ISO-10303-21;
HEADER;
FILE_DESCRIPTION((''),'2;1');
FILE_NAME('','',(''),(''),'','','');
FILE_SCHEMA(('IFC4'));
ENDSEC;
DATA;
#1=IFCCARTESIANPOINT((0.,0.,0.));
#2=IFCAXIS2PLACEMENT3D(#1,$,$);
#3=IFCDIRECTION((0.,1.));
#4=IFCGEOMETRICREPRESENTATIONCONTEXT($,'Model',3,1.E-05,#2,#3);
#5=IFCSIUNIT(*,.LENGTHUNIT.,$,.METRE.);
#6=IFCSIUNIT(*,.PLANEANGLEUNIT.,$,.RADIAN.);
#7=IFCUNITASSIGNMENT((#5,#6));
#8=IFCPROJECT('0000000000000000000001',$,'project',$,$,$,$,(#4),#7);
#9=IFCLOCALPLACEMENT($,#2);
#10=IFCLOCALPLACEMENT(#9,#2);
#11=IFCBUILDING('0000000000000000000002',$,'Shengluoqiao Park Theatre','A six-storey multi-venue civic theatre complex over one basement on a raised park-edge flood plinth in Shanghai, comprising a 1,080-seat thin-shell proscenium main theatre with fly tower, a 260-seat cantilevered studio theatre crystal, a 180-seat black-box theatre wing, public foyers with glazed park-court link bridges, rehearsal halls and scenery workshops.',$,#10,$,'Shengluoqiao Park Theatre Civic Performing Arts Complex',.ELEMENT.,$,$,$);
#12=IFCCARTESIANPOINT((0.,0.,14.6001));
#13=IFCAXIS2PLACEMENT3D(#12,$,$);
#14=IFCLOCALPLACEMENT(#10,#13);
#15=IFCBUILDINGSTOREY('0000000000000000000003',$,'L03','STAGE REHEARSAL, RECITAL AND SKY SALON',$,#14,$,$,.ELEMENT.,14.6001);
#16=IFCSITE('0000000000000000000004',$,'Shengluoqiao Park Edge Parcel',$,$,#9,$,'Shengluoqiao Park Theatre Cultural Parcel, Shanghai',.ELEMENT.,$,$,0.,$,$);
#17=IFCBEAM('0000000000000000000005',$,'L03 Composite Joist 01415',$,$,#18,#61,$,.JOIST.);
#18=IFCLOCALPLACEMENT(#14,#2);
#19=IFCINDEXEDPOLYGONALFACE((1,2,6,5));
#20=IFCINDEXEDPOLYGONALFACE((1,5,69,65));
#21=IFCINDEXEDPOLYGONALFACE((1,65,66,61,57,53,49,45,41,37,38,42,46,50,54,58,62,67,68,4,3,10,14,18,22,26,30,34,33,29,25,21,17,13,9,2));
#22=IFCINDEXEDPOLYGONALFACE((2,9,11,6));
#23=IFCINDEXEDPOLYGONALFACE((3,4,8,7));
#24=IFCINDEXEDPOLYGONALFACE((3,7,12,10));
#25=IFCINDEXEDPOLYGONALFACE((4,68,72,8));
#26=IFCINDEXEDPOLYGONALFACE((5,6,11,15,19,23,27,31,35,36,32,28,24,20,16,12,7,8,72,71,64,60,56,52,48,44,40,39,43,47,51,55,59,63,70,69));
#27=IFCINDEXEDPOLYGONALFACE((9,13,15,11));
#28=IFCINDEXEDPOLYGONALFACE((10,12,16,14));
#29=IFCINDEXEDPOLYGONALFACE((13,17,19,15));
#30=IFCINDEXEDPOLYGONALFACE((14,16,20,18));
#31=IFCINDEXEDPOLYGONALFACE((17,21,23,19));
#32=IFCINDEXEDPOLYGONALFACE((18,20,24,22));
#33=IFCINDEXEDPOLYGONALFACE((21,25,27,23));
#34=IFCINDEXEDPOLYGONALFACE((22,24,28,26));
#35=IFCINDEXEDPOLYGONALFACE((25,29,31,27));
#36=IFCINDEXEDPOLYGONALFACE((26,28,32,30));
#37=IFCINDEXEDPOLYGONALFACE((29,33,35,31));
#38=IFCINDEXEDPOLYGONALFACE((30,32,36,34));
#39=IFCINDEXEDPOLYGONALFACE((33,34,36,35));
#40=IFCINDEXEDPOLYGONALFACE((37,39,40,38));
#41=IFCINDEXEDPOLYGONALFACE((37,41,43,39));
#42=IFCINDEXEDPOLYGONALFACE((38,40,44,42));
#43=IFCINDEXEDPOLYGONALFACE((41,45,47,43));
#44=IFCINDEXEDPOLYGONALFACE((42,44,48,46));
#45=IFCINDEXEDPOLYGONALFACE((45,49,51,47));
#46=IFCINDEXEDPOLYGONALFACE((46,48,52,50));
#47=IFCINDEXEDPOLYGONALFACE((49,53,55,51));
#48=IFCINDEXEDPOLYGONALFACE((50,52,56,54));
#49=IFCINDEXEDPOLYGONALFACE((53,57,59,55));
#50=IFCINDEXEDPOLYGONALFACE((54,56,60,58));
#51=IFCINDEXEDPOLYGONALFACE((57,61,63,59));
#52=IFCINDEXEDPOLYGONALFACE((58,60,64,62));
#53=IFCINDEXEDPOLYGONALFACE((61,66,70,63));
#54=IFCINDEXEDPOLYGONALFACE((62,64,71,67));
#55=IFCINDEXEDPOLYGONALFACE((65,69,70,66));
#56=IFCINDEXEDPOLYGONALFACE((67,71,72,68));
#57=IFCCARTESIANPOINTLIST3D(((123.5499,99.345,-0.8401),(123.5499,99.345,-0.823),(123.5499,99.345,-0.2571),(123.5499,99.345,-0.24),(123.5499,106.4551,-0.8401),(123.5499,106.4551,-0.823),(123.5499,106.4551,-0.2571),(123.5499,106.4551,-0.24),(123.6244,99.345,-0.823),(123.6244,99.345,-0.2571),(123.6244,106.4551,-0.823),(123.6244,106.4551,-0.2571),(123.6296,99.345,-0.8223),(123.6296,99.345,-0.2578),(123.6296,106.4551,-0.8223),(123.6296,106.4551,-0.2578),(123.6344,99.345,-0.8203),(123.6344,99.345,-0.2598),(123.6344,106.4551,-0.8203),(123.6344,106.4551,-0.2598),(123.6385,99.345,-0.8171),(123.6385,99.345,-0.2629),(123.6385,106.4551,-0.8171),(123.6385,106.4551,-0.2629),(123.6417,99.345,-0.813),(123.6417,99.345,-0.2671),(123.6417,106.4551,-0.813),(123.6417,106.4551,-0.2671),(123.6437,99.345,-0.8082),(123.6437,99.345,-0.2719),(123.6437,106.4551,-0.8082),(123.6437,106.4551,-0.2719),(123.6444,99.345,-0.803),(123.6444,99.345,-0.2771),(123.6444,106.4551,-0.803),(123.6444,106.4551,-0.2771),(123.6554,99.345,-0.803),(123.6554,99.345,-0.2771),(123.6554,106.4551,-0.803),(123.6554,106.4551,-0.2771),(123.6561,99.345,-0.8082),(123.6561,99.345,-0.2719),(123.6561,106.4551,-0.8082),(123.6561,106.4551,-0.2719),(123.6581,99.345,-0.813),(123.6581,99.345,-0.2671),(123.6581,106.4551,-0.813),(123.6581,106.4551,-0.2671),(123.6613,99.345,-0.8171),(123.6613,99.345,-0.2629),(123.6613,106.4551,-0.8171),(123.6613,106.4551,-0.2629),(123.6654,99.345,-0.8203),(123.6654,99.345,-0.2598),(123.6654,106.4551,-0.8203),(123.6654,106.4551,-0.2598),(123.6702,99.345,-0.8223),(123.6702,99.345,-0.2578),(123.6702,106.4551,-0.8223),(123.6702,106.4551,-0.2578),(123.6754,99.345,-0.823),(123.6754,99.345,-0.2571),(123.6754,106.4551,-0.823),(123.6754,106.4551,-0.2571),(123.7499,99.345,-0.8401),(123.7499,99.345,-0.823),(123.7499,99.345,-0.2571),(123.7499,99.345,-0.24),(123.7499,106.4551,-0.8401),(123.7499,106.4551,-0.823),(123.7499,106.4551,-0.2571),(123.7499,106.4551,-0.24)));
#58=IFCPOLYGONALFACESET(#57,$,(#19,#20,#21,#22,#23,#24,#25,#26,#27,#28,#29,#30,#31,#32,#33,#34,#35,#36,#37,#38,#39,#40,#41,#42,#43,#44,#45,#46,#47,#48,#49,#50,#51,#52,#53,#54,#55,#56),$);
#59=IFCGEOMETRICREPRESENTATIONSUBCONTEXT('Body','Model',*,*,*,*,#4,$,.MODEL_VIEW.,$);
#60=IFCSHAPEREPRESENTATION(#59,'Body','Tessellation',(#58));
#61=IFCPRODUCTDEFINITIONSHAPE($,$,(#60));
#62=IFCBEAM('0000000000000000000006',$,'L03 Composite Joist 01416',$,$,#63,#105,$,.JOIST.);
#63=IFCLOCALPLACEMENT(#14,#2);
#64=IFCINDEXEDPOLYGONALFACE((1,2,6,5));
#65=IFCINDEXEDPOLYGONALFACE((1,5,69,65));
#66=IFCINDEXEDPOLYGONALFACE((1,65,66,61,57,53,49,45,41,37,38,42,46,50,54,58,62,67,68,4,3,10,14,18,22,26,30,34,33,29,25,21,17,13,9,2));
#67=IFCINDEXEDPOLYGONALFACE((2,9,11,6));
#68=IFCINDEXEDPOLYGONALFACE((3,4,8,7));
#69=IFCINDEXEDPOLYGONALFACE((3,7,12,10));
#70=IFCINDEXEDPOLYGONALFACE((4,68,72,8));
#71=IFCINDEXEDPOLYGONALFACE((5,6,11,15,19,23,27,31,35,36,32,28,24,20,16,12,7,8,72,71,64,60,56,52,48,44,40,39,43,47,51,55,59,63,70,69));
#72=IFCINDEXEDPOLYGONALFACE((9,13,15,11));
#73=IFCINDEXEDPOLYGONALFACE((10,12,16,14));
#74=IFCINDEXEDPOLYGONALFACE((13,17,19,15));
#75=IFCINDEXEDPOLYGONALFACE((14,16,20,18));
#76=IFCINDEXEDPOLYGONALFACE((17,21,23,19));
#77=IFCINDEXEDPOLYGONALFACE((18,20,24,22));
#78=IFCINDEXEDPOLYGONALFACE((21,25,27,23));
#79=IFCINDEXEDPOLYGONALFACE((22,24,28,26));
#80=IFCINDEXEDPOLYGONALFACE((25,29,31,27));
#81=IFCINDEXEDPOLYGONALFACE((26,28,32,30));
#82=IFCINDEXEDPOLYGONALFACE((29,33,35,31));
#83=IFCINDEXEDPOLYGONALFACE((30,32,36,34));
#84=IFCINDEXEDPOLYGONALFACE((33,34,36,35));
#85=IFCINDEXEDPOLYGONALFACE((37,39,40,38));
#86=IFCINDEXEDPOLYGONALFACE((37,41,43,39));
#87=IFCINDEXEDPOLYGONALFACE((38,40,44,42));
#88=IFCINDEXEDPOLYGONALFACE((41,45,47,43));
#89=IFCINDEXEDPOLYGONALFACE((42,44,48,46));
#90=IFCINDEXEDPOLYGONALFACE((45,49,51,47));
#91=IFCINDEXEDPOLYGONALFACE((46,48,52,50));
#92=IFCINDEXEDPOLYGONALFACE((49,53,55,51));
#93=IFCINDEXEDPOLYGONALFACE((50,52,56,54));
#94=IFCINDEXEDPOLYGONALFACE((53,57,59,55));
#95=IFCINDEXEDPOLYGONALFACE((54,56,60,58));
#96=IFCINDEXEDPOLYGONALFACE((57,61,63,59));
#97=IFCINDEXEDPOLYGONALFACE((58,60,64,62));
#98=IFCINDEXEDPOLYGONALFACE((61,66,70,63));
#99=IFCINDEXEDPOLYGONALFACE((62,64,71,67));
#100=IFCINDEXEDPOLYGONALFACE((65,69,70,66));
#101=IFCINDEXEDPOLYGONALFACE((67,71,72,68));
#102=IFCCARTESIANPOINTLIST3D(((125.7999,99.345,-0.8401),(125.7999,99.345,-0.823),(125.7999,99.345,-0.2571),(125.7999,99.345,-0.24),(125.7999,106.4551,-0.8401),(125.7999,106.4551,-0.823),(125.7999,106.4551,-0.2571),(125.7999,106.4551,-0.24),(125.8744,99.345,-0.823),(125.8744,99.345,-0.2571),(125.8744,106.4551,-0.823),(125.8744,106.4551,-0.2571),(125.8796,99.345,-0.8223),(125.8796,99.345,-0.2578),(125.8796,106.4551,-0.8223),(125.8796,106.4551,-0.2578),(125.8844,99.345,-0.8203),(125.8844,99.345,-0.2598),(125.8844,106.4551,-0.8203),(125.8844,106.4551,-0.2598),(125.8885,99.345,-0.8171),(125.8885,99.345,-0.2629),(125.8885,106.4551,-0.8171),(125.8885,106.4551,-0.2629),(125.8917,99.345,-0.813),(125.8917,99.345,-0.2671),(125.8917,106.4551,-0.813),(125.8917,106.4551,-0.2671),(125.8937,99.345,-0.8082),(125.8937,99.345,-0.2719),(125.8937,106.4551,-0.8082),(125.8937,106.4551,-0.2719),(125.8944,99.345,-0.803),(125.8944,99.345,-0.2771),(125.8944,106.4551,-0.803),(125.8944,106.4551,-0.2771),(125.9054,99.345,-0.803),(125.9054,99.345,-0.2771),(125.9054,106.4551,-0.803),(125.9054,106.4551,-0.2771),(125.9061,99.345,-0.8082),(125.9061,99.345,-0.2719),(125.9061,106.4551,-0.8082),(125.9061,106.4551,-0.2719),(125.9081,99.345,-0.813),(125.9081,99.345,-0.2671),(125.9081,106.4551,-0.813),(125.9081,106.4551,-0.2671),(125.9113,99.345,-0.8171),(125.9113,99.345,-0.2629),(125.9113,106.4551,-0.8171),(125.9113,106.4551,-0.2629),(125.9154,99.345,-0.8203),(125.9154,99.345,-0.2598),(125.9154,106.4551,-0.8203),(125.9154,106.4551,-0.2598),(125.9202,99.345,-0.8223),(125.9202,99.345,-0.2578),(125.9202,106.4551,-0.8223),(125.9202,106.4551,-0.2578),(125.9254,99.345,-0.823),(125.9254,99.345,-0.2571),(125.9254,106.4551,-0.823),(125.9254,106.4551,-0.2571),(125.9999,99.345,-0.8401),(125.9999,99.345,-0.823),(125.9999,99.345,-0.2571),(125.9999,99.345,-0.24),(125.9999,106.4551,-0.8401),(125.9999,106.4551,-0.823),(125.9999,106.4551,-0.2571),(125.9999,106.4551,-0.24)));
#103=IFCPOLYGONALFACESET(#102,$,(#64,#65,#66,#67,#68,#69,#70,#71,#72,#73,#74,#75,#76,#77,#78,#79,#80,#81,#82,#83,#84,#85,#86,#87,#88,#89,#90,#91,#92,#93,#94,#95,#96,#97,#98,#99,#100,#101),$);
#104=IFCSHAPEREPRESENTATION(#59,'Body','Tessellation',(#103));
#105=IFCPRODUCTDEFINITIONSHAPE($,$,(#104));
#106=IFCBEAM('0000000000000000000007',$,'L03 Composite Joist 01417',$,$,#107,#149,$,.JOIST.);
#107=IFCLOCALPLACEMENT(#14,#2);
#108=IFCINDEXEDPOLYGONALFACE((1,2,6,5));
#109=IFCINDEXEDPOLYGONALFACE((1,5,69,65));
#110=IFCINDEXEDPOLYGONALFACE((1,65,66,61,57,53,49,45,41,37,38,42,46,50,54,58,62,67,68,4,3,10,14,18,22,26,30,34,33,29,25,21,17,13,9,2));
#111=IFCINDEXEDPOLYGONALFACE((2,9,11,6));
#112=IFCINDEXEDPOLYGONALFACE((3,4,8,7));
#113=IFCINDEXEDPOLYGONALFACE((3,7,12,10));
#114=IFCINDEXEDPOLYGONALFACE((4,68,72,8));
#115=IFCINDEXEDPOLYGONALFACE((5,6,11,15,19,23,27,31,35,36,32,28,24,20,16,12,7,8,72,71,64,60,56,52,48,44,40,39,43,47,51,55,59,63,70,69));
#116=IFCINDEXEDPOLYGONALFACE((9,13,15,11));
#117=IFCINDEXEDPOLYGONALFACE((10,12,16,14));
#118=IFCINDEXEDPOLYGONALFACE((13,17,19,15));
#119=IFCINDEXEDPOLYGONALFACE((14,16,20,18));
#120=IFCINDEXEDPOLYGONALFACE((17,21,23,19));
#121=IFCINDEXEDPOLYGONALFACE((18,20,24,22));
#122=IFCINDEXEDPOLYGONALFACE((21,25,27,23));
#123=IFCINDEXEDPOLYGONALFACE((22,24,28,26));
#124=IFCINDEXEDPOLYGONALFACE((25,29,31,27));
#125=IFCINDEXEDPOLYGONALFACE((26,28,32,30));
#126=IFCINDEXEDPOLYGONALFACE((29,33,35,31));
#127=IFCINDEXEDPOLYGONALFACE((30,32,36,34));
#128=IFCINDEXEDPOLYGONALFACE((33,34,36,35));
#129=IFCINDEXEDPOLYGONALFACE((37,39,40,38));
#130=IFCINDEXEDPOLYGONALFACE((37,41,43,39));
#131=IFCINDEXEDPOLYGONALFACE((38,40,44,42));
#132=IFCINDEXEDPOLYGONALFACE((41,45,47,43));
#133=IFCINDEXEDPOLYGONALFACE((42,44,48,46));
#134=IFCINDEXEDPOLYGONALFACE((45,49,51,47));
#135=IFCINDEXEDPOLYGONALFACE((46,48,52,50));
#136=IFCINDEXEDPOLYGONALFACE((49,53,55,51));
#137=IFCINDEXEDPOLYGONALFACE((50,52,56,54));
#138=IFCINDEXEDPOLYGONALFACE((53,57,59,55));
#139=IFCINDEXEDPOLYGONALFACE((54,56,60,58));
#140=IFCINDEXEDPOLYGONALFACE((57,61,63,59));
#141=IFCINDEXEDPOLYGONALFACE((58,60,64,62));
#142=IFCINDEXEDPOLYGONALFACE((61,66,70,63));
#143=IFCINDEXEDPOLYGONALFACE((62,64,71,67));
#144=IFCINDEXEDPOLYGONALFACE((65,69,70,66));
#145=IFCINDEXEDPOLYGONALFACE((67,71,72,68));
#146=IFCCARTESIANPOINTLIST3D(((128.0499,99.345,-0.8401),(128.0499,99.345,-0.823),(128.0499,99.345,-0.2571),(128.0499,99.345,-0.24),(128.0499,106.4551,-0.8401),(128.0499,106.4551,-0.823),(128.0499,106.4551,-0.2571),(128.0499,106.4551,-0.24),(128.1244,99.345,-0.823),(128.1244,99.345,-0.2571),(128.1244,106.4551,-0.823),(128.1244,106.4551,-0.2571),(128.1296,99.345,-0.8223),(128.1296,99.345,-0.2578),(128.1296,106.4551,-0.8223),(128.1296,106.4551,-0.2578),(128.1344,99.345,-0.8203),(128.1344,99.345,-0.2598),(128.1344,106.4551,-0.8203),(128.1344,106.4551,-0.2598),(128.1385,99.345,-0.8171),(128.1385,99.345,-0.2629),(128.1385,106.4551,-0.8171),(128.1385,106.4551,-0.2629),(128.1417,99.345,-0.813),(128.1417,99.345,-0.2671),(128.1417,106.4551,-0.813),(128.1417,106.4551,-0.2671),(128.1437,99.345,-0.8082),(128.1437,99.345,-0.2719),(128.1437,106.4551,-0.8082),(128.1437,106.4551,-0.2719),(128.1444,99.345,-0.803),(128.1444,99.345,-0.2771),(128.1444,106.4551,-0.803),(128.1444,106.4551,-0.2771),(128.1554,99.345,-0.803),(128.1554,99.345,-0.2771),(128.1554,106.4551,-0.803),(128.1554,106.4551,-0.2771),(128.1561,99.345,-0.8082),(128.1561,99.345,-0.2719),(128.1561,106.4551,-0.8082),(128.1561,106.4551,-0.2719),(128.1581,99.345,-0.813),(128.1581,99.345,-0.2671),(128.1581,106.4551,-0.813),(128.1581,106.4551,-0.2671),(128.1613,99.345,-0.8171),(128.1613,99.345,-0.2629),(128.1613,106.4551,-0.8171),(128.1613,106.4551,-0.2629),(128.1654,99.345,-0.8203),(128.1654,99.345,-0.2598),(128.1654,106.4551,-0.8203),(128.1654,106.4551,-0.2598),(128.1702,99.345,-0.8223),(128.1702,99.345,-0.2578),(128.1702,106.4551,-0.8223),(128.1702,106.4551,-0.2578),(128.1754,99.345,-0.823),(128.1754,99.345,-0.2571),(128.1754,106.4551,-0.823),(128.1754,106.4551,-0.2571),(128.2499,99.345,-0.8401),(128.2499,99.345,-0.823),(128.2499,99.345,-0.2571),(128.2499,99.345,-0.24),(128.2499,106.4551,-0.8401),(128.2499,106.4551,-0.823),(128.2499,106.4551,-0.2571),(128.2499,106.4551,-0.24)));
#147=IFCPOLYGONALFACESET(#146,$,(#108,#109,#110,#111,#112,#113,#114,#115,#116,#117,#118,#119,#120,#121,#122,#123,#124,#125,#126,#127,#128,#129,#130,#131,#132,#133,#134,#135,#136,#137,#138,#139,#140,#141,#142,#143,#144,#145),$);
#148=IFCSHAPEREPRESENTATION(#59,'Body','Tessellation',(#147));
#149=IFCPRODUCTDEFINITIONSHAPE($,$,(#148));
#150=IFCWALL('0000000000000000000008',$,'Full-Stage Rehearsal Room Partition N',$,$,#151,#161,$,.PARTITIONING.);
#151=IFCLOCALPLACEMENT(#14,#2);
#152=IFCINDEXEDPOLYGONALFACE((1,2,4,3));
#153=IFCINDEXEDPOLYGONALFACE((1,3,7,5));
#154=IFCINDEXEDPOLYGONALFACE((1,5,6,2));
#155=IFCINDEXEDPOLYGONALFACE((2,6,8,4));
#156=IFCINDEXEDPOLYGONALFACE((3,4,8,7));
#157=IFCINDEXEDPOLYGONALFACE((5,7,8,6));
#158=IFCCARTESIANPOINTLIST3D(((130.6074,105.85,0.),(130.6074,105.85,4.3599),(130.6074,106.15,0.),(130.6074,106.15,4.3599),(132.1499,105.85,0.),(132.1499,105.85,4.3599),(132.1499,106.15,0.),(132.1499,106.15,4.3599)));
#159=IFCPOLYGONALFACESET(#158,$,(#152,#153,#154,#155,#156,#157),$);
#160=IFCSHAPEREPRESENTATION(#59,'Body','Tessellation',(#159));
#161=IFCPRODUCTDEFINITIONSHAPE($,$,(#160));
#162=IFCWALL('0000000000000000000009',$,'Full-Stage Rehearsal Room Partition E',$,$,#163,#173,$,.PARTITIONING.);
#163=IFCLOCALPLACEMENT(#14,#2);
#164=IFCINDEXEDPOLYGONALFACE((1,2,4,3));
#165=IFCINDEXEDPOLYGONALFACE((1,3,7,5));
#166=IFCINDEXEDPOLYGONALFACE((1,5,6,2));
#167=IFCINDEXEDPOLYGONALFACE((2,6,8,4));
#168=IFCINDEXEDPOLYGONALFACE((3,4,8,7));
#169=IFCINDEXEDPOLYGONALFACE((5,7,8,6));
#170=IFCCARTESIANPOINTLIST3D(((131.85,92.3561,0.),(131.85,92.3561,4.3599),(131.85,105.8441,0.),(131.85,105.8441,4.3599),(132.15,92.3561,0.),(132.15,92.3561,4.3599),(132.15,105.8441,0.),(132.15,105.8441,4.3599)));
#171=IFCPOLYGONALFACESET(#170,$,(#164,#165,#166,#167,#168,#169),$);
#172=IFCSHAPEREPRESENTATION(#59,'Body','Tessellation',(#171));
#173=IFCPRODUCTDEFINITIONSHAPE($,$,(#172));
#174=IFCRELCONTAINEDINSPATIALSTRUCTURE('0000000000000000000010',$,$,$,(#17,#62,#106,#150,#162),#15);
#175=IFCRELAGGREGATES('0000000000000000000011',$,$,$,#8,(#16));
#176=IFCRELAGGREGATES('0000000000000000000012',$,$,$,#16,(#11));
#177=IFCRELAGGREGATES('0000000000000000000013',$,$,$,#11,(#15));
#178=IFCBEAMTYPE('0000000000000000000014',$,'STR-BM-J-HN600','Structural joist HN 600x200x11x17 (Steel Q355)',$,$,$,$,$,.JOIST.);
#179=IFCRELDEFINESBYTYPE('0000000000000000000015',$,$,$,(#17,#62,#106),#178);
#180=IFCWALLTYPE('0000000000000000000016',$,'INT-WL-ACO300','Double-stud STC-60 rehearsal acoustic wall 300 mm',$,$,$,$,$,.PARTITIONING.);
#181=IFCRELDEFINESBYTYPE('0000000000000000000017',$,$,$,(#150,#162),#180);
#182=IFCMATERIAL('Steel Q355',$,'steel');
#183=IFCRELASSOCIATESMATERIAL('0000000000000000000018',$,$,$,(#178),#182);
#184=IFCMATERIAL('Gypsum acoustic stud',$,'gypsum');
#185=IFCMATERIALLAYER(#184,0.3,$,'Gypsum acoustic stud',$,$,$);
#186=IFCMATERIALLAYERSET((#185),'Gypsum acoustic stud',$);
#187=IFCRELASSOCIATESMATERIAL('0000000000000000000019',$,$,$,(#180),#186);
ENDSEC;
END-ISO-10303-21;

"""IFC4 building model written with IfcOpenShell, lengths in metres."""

from ifc_helpers import new_model, si_unit, direction, frame, frame_2d, origin, origin_2d, place, context, subcontext, project, spatial, rectangle, i_section, extrude, material, layer, layer_set, material_profile, profile_set, type_object, element, save


model = new_model("IFC4")

# Units and contexts
model_context = context("Model", 3, precision=1e-05, world=origin(), true_north=direction((0.0, 1.0)))
body_context = subcontext(model_context, "Body", "Model", "MODEL_VIEW")
ifc_project = project(units=[si_unit("LENGTHUNIT", "METRE"), si_unit("PLANEANGLEUNIT", "RADIAN")], contexts=[model_context])

# Site, building, storey
site_placement = place(None, origin())
site = spatial("IfcSite", under=ifc_project, at=site_placement, Name="Shengluoqiao Park Edge Parcel", LongName="Shengluoqiao Park Theatre Cultural Parcel, Shanghai", CompositionType="ELEMENT", RefElevation=0.0)
building_placement = place(site_placement, origin())
building = spatial("IfcBuilding", under=site, at=building_placement, Name="Shengluoqiao Park Theatre", Description="A six-storey multi-venue civic theatre complex over one basement on a raised park-edge flood plinth in Shanghai, comprising a 1,080-seat thin-shell proscenium main theatre with fly tower, a 260-seat cantilevered studio theatre crystal, a 180-seat black-box theatre wing, public foyers with glazed park-court link bridges, rehearsal halls and scenery workshops.", LongName="Shengluoqiao Park Theatre Civic Performing Arts Complex", CompositionType="ELEMENT")
storey_placement = place(building_placement, frame((0.0, 0.0, 14.6001)))
storey = spatial("IfcBuildingStorey", under=building, at=storey_placement, Name="L03", Description="STAGE REHEARSAL, RECITAL AND SKY SALON", CompositionType="ELEMENT", Elevation=14.6001)

# Beams
ifc_material_1 = material(Name="Steel Q355", Category="steel")
ifc_material_profile_1 = material_profile(ifc_material_1, i_section(OverallWidth=0.2, OverallDepth=0.6001, WebThickness=0.011, FlangeThickness=0.0171, FilletRadius=0.02, at=origin_2d()), Name="HN 600x200x11x17")
ifc_profile_set_1 = profile_set([ifc_material_profile_1], Name="Steel Q355")
beam_type_1 = type_object("IfcBeamType", Name="STR-BM-J-HN600", Description="Structural joist HN 600x200x11x17 (Steel Q355)", PredefinedType="JOIST", material=ifc_profile_set_1)
for number, where, z_axis, x_axis, name in (
    (1, (123.6499, 99.345, -0.54), (0.0, 1.0, 0.0), (-1.0, 0.0, 0.0), "L03 Composite Joist 01415"),
    (2, (125.8999, 99.345, -0.54), (0.0, 1.0, 0.0), (-1.0, 0.0, 0.0), "L03 Composite Joist 01416"),
    (3, (128.1499, 99.345, -0.54), (0.0, 1.0, 0.0), (-1.0, 0.0, 0.0), "L03 Composite Joist 01417"),
):
    element("IfcBeam", number, at=place(storey_placement, frame(where, z_axis=z_axis, x_axis=x_axis)), inside=storey, type_object=beam_type_1, Name=name, PredefinedType="JOIST", context=body_context, shape_type="SweptSolid", body=[
        extrude(i_section(OverallWidth=0.2, OverallDepth=0.6001, WebThickness=0.011, FlangeThickness=0.0171, FilletRadius=0.02, at=origin_2d()), origin(), (0.0, 0.0, 1.0), 7.1101),
    ])

# Walls
ifc_material_2 = material(Name="Gypsum acoustic stud", Category="gypsum")
ifc_layer_1 = layer(ifc_material_2, 0.3, Name="Gypsum acoustic stud")
ifc_layer_set_1 = layer_set([ifc_layer_1], Name="Gypsum acoustic stud")
wall_type_1 = type_object("IfcWallType", Name="INT-WL-ACO300", Description="Double-stud STC-60 rehearsal acoustic wall 300 mm", PredefinedType="PARTITIONING", material=ifc_layer_set_1)
wall_1_placement = place(storey_placement, frame((130.6074, 106.0, 0.0), z_axis=(0.0, 0.0, 1.0), x_axis=(1.0, 0.0, 0.0)))
element("IfcWall", 4, at=wall_1_placement, inside=storey, type_object=wall_type_1, Name="Full-Stage Rehearsal Room Partition N", PredefinedType="PARTITIONING", context=body_context, shape_type="SweptSolid", body=[
    extrude(rectangle(XDim=1.5425, YDim=0.3, at=frame_2d((0.7712, 0.0))), origin(), (0.0, 0.0, 1.0), 4.3599),
])
wall_2_placement = place(storey_placement, frame((132.0, 92.356, 0.0), z_axis=(0.0, 0.0, 1.0), x_axis=(0.0, 1.0, 0.0)))
element("IfcWall", 5, at=wall_2_placement, inside=storey, type_object=wall_type_1, Name="Full-Stage Rehearsal Room Partition E", PredefinedType="PARTITIONING", context=body_context, shape_type="SweptSolid", body=[
    extrude(rectangle(XDim=13.488, YDim=0.3, at=frame_2d((6.7441, 0.0))), origin(), (0.0, 0.0, 1.0), 4.3599),
])

save(model, "model.ifc")
